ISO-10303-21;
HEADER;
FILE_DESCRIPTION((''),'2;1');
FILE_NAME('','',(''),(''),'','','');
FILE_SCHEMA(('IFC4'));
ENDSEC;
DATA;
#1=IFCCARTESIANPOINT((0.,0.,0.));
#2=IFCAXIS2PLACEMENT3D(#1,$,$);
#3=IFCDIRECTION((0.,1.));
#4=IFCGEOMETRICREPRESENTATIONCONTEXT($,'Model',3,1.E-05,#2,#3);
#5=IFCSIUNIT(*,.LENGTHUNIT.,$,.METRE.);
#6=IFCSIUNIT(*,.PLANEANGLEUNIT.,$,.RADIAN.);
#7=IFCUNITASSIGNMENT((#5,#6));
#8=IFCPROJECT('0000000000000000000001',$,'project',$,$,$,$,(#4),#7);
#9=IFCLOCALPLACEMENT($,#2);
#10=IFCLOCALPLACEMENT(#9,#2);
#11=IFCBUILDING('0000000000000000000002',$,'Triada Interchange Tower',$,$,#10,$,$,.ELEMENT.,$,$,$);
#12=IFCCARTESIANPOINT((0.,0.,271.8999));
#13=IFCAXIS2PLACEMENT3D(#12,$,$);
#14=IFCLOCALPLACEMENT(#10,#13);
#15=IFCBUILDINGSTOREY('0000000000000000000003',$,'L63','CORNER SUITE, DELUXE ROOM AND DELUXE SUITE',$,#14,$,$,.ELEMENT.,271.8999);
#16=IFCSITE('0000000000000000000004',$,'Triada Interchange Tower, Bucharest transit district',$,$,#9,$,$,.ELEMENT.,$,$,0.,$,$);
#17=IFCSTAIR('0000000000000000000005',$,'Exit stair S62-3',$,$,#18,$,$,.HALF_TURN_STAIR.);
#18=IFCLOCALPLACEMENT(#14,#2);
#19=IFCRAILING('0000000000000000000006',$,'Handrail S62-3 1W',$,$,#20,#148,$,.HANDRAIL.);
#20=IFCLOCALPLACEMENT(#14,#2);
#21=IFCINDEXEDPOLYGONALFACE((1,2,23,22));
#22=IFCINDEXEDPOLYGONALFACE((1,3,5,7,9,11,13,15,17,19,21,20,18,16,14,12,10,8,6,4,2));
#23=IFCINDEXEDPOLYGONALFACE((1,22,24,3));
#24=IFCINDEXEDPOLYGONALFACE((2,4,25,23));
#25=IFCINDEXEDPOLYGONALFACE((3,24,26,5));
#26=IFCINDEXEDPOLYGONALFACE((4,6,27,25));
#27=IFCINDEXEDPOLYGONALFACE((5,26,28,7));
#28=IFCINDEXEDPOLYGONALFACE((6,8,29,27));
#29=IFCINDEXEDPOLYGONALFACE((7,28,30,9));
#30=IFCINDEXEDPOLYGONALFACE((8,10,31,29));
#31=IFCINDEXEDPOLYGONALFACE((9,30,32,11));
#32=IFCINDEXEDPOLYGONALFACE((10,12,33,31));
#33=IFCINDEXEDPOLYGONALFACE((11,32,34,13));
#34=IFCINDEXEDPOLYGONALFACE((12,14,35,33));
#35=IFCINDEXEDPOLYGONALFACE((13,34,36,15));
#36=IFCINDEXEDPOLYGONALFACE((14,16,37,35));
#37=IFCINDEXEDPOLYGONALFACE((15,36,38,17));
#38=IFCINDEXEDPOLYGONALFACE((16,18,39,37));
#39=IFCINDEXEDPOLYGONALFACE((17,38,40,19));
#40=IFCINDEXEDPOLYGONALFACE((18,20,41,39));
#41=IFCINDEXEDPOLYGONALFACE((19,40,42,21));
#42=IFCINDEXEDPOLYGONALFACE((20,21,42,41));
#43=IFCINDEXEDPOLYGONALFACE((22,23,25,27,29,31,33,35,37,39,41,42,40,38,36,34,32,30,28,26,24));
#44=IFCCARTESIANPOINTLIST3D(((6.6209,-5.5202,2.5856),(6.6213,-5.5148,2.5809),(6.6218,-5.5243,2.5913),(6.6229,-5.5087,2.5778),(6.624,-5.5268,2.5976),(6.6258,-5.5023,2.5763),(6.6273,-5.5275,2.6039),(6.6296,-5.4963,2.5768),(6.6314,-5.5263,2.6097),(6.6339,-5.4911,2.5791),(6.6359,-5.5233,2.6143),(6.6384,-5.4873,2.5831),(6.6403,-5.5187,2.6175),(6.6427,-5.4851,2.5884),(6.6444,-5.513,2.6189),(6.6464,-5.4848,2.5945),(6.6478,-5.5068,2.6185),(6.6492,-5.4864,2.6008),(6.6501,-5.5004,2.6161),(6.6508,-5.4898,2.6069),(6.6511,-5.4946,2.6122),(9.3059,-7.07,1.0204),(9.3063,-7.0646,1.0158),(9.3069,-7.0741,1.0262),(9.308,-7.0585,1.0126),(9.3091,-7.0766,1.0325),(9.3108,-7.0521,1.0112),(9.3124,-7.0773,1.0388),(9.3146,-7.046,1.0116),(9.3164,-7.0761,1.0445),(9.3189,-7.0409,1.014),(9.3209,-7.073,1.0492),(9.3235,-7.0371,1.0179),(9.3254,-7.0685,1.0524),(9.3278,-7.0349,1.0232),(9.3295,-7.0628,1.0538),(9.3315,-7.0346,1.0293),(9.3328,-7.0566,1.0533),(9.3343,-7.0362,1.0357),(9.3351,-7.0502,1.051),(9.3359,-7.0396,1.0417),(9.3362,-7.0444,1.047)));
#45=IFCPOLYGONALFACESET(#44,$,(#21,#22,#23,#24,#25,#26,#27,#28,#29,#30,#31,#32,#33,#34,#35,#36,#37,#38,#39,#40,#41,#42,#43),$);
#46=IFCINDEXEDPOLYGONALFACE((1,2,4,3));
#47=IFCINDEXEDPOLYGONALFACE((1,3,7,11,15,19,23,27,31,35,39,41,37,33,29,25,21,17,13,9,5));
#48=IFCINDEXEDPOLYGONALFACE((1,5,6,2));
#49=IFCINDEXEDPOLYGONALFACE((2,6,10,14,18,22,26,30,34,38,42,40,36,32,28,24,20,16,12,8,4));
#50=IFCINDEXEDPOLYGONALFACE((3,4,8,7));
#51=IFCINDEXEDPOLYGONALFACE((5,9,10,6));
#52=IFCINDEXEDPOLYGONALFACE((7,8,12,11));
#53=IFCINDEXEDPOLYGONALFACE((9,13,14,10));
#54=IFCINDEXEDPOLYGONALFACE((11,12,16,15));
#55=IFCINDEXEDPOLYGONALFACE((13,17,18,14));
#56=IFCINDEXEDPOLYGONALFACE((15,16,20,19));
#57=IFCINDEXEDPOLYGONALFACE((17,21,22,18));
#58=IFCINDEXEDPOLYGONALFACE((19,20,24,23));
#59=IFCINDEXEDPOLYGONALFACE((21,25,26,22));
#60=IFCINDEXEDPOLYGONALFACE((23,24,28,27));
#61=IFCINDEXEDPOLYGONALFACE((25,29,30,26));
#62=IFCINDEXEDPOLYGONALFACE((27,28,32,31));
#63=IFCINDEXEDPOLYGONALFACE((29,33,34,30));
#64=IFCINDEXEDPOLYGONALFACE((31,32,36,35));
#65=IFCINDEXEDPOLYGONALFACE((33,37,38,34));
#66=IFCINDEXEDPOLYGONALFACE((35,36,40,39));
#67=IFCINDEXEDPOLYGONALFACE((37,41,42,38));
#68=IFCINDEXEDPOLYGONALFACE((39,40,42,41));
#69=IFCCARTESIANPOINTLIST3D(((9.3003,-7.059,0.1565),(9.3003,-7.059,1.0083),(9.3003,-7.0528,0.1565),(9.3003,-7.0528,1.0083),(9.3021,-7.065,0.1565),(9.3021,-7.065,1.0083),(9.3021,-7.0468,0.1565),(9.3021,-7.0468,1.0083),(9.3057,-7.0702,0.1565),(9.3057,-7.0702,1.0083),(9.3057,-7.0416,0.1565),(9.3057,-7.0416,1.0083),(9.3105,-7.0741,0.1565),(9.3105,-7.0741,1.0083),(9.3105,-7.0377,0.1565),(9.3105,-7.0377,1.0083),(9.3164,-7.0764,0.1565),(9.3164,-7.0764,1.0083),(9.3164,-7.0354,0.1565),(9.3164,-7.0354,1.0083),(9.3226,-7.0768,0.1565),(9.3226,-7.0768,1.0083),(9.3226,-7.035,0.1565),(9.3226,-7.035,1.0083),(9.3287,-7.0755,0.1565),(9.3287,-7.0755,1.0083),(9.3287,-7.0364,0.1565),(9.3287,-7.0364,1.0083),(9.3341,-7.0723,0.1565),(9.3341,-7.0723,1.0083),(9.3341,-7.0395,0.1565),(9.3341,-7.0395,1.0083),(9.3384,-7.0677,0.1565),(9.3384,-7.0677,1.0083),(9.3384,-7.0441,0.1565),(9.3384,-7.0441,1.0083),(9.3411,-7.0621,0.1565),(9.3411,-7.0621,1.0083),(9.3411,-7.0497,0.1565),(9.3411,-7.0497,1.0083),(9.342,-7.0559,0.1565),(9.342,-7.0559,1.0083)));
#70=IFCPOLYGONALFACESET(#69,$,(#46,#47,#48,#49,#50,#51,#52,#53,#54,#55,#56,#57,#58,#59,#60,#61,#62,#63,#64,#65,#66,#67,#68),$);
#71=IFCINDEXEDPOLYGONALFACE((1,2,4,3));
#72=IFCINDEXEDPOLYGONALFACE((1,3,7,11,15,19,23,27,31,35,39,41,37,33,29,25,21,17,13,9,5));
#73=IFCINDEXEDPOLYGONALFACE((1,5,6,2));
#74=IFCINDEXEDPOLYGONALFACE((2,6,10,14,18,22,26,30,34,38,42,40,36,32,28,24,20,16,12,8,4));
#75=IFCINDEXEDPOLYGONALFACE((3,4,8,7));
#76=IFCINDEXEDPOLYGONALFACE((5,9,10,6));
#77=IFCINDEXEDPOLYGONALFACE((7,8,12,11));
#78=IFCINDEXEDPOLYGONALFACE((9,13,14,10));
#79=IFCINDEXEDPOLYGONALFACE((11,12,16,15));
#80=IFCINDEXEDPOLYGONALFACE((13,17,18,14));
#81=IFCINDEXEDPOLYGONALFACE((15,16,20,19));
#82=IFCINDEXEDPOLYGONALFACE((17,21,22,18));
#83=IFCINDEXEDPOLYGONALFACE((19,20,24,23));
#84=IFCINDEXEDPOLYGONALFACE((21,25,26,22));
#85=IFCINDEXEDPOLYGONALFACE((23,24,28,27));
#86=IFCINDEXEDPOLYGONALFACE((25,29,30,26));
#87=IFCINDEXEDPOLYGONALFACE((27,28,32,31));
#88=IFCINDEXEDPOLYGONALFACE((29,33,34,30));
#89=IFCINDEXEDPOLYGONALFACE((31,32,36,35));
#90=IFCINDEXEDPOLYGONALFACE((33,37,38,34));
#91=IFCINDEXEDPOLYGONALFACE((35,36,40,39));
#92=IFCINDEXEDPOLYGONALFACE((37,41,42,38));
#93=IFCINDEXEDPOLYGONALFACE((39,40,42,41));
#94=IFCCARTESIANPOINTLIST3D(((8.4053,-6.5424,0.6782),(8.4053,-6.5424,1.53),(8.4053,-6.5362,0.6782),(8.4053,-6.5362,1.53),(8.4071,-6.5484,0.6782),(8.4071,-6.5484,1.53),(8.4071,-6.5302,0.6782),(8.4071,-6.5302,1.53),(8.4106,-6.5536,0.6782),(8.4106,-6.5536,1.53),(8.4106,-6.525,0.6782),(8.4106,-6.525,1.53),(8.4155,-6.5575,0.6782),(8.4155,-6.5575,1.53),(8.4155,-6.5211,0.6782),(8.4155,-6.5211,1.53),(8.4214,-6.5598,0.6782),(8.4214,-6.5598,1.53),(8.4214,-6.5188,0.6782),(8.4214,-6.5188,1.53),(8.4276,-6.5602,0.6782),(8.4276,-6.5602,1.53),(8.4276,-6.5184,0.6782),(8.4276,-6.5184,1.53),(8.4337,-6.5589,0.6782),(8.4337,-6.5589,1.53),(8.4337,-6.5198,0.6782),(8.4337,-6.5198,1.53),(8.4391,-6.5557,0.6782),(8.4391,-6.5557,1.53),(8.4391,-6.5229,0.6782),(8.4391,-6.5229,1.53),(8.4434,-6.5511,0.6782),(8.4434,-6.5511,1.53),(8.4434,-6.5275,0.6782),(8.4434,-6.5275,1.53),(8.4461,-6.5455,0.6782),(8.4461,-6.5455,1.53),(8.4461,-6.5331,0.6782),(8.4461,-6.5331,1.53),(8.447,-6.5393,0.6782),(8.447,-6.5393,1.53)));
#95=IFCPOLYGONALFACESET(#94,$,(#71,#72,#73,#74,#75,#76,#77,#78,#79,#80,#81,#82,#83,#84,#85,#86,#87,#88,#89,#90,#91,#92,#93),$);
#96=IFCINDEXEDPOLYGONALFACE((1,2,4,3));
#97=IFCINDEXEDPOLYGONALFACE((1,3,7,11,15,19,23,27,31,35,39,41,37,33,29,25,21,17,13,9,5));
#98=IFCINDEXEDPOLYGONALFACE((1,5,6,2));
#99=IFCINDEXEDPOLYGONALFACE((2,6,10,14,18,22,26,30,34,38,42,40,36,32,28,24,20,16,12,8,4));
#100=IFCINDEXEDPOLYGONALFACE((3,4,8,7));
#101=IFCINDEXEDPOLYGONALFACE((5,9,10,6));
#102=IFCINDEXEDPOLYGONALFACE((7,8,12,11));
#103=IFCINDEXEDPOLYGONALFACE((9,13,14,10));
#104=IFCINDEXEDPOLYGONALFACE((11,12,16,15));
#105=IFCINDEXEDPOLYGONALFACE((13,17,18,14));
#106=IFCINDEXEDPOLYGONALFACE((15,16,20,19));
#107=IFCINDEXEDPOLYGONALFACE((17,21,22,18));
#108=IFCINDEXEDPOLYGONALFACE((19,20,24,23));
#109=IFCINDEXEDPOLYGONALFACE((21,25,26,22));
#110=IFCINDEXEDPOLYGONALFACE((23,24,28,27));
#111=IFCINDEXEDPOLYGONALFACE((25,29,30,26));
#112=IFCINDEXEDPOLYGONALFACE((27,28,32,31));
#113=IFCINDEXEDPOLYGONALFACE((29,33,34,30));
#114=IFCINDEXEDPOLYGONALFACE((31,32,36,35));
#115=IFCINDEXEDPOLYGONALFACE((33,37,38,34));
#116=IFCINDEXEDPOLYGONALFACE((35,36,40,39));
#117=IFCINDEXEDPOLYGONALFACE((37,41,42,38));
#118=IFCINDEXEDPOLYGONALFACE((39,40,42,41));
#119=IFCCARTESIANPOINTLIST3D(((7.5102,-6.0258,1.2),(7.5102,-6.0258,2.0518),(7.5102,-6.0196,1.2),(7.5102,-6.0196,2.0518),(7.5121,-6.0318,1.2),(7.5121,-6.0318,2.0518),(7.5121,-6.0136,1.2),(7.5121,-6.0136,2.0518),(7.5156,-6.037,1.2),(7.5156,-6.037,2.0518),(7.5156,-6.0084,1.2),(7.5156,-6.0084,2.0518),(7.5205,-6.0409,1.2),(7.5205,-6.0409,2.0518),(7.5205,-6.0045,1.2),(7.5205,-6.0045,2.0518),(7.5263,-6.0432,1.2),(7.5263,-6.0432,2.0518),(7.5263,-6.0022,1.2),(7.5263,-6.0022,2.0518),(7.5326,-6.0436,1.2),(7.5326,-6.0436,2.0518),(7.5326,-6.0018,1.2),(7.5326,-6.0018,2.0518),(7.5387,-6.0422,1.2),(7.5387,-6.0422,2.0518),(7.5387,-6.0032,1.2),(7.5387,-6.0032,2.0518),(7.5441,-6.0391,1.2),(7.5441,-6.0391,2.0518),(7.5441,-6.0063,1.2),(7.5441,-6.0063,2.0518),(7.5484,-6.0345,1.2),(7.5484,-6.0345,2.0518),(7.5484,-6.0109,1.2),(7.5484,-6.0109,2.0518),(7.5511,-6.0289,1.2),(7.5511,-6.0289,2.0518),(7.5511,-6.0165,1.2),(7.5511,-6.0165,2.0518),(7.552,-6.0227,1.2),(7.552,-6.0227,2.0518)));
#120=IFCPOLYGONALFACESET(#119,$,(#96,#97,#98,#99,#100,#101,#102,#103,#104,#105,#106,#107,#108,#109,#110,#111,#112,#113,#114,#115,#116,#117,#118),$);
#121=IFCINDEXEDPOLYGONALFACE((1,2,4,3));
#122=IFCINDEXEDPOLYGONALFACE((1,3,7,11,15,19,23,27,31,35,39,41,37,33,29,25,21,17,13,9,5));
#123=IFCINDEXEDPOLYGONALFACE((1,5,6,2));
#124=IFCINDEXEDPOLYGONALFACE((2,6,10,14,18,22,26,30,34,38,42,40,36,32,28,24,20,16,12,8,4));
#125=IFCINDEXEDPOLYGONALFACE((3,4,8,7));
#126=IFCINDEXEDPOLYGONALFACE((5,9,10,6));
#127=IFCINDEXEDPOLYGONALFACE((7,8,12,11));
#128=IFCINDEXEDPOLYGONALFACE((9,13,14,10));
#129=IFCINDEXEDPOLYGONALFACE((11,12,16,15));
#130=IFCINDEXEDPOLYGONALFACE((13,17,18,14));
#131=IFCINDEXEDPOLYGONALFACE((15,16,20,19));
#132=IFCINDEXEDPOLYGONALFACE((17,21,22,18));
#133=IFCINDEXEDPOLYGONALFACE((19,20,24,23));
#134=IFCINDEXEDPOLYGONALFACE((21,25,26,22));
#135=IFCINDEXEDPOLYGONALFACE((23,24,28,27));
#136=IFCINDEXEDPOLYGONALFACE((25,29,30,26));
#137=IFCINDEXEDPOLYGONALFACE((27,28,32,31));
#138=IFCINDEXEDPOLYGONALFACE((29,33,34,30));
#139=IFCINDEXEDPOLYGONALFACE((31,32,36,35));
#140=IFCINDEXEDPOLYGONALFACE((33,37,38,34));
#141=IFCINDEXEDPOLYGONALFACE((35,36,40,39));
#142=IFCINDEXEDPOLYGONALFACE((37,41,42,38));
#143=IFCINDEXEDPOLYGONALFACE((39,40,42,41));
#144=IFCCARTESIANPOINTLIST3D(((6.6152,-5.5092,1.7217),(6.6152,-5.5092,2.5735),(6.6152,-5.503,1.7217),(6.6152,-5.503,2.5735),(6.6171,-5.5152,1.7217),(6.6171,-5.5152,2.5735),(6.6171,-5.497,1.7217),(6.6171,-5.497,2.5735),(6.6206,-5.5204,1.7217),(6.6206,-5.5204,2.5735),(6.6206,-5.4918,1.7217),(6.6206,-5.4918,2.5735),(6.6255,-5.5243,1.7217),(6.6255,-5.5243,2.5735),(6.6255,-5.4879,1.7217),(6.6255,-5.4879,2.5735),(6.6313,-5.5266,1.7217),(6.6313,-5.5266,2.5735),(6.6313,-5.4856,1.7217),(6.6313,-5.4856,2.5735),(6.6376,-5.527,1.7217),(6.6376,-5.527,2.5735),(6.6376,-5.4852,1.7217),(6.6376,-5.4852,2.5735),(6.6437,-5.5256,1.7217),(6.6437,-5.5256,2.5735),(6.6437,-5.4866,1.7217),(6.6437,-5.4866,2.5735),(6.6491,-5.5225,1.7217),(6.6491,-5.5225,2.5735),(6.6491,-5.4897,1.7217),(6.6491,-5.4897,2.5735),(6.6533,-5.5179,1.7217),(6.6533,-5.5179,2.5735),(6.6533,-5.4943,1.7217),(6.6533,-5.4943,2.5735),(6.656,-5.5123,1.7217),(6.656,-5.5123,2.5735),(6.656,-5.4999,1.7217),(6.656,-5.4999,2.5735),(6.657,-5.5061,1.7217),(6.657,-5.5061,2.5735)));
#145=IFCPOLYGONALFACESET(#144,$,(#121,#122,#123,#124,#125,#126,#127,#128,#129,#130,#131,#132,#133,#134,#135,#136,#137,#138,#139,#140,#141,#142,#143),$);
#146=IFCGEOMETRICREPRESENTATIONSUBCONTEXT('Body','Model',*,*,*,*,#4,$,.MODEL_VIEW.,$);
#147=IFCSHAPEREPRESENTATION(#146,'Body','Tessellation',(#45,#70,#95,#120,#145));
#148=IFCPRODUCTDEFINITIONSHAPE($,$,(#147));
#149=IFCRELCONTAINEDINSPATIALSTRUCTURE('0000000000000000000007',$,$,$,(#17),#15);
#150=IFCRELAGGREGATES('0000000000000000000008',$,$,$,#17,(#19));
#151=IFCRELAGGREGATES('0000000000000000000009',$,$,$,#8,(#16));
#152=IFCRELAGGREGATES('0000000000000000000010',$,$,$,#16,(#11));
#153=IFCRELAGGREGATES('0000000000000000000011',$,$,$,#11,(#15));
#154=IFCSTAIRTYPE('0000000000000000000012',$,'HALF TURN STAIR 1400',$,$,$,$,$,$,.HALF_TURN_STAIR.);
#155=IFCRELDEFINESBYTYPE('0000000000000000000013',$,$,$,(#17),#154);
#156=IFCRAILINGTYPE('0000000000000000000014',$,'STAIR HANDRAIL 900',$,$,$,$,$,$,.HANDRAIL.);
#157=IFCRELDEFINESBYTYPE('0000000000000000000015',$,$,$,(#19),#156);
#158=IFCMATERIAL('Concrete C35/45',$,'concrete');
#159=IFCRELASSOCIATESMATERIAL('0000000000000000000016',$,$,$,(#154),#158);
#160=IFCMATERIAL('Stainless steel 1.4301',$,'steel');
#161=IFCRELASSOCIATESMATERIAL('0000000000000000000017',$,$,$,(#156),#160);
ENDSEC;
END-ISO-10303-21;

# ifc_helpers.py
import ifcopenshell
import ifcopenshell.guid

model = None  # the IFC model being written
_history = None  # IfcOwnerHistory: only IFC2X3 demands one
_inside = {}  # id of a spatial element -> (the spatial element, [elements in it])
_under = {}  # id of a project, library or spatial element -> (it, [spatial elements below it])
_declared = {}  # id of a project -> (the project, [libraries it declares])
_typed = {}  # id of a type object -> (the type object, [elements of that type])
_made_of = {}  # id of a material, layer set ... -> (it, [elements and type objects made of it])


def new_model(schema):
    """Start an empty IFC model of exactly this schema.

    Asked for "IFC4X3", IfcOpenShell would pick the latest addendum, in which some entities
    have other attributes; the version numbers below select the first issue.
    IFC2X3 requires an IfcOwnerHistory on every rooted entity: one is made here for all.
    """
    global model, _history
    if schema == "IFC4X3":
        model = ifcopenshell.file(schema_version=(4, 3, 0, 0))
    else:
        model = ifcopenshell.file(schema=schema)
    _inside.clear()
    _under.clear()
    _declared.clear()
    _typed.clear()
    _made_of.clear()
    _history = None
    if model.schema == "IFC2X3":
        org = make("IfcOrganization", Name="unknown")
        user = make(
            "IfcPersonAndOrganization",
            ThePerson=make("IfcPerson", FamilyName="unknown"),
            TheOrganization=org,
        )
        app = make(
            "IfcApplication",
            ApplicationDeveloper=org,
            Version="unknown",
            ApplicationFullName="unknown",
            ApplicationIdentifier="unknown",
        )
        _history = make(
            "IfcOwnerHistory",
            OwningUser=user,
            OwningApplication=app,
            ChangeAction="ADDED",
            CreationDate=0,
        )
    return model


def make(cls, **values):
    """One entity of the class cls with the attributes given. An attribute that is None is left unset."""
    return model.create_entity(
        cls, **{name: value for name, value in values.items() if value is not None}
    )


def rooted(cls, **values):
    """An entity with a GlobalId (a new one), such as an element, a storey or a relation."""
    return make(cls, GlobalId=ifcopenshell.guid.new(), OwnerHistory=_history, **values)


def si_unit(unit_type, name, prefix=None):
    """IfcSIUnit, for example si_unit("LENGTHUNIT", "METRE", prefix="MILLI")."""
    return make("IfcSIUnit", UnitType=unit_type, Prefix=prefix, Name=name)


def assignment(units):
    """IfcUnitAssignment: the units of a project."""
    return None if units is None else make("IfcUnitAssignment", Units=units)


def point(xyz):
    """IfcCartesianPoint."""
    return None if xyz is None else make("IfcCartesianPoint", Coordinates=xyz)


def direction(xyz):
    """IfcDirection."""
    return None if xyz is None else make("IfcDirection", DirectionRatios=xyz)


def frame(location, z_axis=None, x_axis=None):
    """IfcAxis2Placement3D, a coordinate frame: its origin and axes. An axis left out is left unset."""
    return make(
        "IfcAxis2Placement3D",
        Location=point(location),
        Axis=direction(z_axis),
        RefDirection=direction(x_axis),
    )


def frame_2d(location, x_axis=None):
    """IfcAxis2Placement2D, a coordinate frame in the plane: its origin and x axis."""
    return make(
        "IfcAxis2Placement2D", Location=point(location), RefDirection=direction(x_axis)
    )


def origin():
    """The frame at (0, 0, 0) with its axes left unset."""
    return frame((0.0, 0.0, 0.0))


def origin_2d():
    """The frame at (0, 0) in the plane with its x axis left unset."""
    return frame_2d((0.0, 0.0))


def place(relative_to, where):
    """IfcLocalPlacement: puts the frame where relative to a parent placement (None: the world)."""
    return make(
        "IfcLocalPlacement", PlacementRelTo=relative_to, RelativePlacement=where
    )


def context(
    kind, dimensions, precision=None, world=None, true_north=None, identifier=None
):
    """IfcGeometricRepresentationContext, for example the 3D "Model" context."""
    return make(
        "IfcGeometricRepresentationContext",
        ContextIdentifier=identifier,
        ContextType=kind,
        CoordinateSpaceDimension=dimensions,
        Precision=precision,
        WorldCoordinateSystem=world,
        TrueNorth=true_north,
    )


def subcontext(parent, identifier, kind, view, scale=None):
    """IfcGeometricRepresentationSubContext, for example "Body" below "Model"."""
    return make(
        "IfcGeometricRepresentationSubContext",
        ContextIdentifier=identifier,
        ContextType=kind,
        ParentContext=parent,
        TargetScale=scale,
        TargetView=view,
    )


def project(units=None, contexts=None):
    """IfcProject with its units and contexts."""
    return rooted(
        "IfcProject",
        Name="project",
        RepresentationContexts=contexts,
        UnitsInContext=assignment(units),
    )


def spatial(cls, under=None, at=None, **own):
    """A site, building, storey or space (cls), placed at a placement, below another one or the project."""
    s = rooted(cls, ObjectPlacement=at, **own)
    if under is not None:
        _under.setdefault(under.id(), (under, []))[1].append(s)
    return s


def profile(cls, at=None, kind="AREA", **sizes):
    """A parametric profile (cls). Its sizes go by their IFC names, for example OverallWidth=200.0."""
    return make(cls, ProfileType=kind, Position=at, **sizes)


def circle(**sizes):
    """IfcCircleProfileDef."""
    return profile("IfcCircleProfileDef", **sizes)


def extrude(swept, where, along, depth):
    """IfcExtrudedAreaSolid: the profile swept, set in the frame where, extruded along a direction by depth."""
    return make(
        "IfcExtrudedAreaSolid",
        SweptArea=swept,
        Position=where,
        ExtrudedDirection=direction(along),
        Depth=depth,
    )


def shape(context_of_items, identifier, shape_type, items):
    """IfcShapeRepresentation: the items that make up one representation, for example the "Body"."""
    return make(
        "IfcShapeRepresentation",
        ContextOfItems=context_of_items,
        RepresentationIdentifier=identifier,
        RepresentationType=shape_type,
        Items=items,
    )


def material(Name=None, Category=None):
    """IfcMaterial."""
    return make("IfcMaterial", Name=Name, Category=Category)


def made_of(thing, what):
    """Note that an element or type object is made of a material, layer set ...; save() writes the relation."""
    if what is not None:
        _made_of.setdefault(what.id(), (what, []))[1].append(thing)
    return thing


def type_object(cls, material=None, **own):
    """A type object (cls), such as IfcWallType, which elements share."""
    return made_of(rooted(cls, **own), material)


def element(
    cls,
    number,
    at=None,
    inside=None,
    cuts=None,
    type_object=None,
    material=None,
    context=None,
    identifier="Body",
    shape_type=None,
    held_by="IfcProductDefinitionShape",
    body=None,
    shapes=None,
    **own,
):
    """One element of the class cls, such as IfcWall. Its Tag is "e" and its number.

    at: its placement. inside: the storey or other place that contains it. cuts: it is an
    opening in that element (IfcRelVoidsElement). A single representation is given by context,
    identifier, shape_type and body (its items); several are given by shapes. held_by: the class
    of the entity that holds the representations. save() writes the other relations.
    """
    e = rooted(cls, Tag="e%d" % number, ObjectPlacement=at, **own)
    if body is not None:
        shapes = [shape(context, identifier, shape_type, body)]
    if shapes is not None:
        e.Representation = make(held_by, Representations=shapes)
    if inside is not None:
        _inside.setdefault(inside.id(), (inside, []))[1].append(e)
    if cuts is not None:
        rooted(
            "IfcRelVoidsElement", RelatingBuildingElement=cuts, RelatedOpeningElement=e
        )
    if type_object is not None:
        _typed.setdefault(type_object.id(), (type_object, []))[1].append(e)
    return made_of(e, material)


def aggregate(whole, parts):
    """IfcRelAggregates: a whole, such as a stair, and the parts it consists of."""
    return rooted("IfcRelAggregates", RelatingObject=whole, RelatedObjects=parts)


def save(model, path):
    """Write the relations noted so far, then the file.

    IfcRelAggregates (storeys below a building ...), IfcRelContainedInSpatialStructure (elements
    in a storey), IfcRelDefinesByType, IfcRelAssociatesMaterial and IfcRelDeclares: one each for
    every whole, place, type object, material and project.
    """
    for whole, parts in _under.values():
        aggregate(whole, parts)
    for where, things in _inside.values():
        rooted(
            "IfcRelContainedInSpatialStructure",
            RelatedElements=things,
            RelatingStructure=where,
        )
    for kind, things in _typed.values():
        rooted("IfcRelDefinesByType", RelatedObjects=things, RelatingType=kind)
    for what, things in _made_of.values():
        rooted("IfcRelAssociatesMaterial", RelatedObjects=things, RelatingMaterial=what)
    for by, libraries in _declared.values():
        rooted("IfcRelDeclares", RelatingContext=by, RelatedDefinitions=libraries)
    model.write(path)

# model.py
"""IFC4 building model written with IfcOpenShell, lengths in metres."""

from ifc_helpers import new_model, si_unit, direction, frame, origin, origin_2d, place, context, subcontext, project, spatial, circle, extrude, material, type_object, element, aggregate, save


model = new_model("IFC4")

# Units and contexts
model_context = context("Model", 3, precision=1e-05, world=origin(), true_north=direction((0.0, 1.0)))
body_context = subcontext(model_context, "Body", "Model", "MODEL_VIEW")
ifc_project = project(units=[si_unit("LENGTHUNIT", "METRE"), si_unit("PLANEANGLEUNIT", "RADIAN")], contexts=[model_context])

# Site, building, storey
site_placement = place(None, origin())
site = spatial("IfcSite", under=ifc_project, at=site_placement, Name="Triada Interchange Tower, Bucharest transit district", CompositionType="ELEMENT", RefElevation=0.0)
building_placement = place(site_placement, origin())
building = spatial("IfcBuilding", under=site, at=building_placement, Name="Triada Interchange Tower", CompositionType="ELEMENT")
storey_placement = place(building_placement, frame((0.0, 0.0, 271.8999)))
storey = spatial("IfcBuildingStorey", under=building, at=storey_placement, Name="L63", Description="CORNER SUITE, DELUXE ROOM AND DELUXE SUITE", CompositionType="ELEMENT", Elevation=271.8999)

# Stair, railing
ifc_material_1 = material(Name="Concrete C35/45", Category="concrete")
stair_type = type_object("IfcStairType", Name="HALF TURN STAIR 1400", PredefinedType="HALF_TURN_STAIR", material=ifc_material_1)
stair_placement = place(storey_placement, origin())
stair = element("IfcStair", 1, at=stair_placement, inside=storey, type_object=stair_type, Name="Exit stair S62-3", PredefinedType="HALF_TURN_STAIR")
ifc_material_2 = material(Name="Stainless steel 1.4301", Category="steel")
railing_type = type_object("IfcRailingType", Name="STAIR HANDRAIL 900", PredefinedType="HANDRAIL", material=ifc_material_2)
railing_1_placement = place(storey_placement, frame((9.321, -7.0559, 0.1565)))
railing_1 = element("IfcRailing", 2, at=railing_1_placement, type_object=railing_type, Name="Handrail S62-3 1W", PredefinedType="HANDRAIL", context=body_context, shape_type="SweptSolid", body=[
    extrude(circle(Radius=0.0239, at=origin_2d()), frame((0.0, 0.0, 0.876), z_axis=(-0.773139, 0.446253, 0.450682), x_axis=(-0.4999, -0.866083, 0.0)), (0.0, 0.0, 1.0), 3.4729),
    extrude(circle(Radius=0.021, at=origin_2d()), origin(), (0.0, 0.0, 1.0), 0.8518),
    extrude(circle(Radius=0.021, at=origin_2d()), frame((-0.895, 0.5166, 0.5217)), (0.0, 0.0, 1.0), 0.8518),
    extrude(circle(Radius=0.021, at=origin_2d()), frame((-1.79, 1.0332, 1.0435)), (0.0, 0.0, 1.0), 0.8518),
    extrude(circle(Radius=0.021, at=origin_2d()), frame((-2.6851, 1.5498, 1.5652)), (0.0, 0.0, 1.0), 0.8518),
])
aggregate(stair, [railing_1])

save(model, "model.ifc")
